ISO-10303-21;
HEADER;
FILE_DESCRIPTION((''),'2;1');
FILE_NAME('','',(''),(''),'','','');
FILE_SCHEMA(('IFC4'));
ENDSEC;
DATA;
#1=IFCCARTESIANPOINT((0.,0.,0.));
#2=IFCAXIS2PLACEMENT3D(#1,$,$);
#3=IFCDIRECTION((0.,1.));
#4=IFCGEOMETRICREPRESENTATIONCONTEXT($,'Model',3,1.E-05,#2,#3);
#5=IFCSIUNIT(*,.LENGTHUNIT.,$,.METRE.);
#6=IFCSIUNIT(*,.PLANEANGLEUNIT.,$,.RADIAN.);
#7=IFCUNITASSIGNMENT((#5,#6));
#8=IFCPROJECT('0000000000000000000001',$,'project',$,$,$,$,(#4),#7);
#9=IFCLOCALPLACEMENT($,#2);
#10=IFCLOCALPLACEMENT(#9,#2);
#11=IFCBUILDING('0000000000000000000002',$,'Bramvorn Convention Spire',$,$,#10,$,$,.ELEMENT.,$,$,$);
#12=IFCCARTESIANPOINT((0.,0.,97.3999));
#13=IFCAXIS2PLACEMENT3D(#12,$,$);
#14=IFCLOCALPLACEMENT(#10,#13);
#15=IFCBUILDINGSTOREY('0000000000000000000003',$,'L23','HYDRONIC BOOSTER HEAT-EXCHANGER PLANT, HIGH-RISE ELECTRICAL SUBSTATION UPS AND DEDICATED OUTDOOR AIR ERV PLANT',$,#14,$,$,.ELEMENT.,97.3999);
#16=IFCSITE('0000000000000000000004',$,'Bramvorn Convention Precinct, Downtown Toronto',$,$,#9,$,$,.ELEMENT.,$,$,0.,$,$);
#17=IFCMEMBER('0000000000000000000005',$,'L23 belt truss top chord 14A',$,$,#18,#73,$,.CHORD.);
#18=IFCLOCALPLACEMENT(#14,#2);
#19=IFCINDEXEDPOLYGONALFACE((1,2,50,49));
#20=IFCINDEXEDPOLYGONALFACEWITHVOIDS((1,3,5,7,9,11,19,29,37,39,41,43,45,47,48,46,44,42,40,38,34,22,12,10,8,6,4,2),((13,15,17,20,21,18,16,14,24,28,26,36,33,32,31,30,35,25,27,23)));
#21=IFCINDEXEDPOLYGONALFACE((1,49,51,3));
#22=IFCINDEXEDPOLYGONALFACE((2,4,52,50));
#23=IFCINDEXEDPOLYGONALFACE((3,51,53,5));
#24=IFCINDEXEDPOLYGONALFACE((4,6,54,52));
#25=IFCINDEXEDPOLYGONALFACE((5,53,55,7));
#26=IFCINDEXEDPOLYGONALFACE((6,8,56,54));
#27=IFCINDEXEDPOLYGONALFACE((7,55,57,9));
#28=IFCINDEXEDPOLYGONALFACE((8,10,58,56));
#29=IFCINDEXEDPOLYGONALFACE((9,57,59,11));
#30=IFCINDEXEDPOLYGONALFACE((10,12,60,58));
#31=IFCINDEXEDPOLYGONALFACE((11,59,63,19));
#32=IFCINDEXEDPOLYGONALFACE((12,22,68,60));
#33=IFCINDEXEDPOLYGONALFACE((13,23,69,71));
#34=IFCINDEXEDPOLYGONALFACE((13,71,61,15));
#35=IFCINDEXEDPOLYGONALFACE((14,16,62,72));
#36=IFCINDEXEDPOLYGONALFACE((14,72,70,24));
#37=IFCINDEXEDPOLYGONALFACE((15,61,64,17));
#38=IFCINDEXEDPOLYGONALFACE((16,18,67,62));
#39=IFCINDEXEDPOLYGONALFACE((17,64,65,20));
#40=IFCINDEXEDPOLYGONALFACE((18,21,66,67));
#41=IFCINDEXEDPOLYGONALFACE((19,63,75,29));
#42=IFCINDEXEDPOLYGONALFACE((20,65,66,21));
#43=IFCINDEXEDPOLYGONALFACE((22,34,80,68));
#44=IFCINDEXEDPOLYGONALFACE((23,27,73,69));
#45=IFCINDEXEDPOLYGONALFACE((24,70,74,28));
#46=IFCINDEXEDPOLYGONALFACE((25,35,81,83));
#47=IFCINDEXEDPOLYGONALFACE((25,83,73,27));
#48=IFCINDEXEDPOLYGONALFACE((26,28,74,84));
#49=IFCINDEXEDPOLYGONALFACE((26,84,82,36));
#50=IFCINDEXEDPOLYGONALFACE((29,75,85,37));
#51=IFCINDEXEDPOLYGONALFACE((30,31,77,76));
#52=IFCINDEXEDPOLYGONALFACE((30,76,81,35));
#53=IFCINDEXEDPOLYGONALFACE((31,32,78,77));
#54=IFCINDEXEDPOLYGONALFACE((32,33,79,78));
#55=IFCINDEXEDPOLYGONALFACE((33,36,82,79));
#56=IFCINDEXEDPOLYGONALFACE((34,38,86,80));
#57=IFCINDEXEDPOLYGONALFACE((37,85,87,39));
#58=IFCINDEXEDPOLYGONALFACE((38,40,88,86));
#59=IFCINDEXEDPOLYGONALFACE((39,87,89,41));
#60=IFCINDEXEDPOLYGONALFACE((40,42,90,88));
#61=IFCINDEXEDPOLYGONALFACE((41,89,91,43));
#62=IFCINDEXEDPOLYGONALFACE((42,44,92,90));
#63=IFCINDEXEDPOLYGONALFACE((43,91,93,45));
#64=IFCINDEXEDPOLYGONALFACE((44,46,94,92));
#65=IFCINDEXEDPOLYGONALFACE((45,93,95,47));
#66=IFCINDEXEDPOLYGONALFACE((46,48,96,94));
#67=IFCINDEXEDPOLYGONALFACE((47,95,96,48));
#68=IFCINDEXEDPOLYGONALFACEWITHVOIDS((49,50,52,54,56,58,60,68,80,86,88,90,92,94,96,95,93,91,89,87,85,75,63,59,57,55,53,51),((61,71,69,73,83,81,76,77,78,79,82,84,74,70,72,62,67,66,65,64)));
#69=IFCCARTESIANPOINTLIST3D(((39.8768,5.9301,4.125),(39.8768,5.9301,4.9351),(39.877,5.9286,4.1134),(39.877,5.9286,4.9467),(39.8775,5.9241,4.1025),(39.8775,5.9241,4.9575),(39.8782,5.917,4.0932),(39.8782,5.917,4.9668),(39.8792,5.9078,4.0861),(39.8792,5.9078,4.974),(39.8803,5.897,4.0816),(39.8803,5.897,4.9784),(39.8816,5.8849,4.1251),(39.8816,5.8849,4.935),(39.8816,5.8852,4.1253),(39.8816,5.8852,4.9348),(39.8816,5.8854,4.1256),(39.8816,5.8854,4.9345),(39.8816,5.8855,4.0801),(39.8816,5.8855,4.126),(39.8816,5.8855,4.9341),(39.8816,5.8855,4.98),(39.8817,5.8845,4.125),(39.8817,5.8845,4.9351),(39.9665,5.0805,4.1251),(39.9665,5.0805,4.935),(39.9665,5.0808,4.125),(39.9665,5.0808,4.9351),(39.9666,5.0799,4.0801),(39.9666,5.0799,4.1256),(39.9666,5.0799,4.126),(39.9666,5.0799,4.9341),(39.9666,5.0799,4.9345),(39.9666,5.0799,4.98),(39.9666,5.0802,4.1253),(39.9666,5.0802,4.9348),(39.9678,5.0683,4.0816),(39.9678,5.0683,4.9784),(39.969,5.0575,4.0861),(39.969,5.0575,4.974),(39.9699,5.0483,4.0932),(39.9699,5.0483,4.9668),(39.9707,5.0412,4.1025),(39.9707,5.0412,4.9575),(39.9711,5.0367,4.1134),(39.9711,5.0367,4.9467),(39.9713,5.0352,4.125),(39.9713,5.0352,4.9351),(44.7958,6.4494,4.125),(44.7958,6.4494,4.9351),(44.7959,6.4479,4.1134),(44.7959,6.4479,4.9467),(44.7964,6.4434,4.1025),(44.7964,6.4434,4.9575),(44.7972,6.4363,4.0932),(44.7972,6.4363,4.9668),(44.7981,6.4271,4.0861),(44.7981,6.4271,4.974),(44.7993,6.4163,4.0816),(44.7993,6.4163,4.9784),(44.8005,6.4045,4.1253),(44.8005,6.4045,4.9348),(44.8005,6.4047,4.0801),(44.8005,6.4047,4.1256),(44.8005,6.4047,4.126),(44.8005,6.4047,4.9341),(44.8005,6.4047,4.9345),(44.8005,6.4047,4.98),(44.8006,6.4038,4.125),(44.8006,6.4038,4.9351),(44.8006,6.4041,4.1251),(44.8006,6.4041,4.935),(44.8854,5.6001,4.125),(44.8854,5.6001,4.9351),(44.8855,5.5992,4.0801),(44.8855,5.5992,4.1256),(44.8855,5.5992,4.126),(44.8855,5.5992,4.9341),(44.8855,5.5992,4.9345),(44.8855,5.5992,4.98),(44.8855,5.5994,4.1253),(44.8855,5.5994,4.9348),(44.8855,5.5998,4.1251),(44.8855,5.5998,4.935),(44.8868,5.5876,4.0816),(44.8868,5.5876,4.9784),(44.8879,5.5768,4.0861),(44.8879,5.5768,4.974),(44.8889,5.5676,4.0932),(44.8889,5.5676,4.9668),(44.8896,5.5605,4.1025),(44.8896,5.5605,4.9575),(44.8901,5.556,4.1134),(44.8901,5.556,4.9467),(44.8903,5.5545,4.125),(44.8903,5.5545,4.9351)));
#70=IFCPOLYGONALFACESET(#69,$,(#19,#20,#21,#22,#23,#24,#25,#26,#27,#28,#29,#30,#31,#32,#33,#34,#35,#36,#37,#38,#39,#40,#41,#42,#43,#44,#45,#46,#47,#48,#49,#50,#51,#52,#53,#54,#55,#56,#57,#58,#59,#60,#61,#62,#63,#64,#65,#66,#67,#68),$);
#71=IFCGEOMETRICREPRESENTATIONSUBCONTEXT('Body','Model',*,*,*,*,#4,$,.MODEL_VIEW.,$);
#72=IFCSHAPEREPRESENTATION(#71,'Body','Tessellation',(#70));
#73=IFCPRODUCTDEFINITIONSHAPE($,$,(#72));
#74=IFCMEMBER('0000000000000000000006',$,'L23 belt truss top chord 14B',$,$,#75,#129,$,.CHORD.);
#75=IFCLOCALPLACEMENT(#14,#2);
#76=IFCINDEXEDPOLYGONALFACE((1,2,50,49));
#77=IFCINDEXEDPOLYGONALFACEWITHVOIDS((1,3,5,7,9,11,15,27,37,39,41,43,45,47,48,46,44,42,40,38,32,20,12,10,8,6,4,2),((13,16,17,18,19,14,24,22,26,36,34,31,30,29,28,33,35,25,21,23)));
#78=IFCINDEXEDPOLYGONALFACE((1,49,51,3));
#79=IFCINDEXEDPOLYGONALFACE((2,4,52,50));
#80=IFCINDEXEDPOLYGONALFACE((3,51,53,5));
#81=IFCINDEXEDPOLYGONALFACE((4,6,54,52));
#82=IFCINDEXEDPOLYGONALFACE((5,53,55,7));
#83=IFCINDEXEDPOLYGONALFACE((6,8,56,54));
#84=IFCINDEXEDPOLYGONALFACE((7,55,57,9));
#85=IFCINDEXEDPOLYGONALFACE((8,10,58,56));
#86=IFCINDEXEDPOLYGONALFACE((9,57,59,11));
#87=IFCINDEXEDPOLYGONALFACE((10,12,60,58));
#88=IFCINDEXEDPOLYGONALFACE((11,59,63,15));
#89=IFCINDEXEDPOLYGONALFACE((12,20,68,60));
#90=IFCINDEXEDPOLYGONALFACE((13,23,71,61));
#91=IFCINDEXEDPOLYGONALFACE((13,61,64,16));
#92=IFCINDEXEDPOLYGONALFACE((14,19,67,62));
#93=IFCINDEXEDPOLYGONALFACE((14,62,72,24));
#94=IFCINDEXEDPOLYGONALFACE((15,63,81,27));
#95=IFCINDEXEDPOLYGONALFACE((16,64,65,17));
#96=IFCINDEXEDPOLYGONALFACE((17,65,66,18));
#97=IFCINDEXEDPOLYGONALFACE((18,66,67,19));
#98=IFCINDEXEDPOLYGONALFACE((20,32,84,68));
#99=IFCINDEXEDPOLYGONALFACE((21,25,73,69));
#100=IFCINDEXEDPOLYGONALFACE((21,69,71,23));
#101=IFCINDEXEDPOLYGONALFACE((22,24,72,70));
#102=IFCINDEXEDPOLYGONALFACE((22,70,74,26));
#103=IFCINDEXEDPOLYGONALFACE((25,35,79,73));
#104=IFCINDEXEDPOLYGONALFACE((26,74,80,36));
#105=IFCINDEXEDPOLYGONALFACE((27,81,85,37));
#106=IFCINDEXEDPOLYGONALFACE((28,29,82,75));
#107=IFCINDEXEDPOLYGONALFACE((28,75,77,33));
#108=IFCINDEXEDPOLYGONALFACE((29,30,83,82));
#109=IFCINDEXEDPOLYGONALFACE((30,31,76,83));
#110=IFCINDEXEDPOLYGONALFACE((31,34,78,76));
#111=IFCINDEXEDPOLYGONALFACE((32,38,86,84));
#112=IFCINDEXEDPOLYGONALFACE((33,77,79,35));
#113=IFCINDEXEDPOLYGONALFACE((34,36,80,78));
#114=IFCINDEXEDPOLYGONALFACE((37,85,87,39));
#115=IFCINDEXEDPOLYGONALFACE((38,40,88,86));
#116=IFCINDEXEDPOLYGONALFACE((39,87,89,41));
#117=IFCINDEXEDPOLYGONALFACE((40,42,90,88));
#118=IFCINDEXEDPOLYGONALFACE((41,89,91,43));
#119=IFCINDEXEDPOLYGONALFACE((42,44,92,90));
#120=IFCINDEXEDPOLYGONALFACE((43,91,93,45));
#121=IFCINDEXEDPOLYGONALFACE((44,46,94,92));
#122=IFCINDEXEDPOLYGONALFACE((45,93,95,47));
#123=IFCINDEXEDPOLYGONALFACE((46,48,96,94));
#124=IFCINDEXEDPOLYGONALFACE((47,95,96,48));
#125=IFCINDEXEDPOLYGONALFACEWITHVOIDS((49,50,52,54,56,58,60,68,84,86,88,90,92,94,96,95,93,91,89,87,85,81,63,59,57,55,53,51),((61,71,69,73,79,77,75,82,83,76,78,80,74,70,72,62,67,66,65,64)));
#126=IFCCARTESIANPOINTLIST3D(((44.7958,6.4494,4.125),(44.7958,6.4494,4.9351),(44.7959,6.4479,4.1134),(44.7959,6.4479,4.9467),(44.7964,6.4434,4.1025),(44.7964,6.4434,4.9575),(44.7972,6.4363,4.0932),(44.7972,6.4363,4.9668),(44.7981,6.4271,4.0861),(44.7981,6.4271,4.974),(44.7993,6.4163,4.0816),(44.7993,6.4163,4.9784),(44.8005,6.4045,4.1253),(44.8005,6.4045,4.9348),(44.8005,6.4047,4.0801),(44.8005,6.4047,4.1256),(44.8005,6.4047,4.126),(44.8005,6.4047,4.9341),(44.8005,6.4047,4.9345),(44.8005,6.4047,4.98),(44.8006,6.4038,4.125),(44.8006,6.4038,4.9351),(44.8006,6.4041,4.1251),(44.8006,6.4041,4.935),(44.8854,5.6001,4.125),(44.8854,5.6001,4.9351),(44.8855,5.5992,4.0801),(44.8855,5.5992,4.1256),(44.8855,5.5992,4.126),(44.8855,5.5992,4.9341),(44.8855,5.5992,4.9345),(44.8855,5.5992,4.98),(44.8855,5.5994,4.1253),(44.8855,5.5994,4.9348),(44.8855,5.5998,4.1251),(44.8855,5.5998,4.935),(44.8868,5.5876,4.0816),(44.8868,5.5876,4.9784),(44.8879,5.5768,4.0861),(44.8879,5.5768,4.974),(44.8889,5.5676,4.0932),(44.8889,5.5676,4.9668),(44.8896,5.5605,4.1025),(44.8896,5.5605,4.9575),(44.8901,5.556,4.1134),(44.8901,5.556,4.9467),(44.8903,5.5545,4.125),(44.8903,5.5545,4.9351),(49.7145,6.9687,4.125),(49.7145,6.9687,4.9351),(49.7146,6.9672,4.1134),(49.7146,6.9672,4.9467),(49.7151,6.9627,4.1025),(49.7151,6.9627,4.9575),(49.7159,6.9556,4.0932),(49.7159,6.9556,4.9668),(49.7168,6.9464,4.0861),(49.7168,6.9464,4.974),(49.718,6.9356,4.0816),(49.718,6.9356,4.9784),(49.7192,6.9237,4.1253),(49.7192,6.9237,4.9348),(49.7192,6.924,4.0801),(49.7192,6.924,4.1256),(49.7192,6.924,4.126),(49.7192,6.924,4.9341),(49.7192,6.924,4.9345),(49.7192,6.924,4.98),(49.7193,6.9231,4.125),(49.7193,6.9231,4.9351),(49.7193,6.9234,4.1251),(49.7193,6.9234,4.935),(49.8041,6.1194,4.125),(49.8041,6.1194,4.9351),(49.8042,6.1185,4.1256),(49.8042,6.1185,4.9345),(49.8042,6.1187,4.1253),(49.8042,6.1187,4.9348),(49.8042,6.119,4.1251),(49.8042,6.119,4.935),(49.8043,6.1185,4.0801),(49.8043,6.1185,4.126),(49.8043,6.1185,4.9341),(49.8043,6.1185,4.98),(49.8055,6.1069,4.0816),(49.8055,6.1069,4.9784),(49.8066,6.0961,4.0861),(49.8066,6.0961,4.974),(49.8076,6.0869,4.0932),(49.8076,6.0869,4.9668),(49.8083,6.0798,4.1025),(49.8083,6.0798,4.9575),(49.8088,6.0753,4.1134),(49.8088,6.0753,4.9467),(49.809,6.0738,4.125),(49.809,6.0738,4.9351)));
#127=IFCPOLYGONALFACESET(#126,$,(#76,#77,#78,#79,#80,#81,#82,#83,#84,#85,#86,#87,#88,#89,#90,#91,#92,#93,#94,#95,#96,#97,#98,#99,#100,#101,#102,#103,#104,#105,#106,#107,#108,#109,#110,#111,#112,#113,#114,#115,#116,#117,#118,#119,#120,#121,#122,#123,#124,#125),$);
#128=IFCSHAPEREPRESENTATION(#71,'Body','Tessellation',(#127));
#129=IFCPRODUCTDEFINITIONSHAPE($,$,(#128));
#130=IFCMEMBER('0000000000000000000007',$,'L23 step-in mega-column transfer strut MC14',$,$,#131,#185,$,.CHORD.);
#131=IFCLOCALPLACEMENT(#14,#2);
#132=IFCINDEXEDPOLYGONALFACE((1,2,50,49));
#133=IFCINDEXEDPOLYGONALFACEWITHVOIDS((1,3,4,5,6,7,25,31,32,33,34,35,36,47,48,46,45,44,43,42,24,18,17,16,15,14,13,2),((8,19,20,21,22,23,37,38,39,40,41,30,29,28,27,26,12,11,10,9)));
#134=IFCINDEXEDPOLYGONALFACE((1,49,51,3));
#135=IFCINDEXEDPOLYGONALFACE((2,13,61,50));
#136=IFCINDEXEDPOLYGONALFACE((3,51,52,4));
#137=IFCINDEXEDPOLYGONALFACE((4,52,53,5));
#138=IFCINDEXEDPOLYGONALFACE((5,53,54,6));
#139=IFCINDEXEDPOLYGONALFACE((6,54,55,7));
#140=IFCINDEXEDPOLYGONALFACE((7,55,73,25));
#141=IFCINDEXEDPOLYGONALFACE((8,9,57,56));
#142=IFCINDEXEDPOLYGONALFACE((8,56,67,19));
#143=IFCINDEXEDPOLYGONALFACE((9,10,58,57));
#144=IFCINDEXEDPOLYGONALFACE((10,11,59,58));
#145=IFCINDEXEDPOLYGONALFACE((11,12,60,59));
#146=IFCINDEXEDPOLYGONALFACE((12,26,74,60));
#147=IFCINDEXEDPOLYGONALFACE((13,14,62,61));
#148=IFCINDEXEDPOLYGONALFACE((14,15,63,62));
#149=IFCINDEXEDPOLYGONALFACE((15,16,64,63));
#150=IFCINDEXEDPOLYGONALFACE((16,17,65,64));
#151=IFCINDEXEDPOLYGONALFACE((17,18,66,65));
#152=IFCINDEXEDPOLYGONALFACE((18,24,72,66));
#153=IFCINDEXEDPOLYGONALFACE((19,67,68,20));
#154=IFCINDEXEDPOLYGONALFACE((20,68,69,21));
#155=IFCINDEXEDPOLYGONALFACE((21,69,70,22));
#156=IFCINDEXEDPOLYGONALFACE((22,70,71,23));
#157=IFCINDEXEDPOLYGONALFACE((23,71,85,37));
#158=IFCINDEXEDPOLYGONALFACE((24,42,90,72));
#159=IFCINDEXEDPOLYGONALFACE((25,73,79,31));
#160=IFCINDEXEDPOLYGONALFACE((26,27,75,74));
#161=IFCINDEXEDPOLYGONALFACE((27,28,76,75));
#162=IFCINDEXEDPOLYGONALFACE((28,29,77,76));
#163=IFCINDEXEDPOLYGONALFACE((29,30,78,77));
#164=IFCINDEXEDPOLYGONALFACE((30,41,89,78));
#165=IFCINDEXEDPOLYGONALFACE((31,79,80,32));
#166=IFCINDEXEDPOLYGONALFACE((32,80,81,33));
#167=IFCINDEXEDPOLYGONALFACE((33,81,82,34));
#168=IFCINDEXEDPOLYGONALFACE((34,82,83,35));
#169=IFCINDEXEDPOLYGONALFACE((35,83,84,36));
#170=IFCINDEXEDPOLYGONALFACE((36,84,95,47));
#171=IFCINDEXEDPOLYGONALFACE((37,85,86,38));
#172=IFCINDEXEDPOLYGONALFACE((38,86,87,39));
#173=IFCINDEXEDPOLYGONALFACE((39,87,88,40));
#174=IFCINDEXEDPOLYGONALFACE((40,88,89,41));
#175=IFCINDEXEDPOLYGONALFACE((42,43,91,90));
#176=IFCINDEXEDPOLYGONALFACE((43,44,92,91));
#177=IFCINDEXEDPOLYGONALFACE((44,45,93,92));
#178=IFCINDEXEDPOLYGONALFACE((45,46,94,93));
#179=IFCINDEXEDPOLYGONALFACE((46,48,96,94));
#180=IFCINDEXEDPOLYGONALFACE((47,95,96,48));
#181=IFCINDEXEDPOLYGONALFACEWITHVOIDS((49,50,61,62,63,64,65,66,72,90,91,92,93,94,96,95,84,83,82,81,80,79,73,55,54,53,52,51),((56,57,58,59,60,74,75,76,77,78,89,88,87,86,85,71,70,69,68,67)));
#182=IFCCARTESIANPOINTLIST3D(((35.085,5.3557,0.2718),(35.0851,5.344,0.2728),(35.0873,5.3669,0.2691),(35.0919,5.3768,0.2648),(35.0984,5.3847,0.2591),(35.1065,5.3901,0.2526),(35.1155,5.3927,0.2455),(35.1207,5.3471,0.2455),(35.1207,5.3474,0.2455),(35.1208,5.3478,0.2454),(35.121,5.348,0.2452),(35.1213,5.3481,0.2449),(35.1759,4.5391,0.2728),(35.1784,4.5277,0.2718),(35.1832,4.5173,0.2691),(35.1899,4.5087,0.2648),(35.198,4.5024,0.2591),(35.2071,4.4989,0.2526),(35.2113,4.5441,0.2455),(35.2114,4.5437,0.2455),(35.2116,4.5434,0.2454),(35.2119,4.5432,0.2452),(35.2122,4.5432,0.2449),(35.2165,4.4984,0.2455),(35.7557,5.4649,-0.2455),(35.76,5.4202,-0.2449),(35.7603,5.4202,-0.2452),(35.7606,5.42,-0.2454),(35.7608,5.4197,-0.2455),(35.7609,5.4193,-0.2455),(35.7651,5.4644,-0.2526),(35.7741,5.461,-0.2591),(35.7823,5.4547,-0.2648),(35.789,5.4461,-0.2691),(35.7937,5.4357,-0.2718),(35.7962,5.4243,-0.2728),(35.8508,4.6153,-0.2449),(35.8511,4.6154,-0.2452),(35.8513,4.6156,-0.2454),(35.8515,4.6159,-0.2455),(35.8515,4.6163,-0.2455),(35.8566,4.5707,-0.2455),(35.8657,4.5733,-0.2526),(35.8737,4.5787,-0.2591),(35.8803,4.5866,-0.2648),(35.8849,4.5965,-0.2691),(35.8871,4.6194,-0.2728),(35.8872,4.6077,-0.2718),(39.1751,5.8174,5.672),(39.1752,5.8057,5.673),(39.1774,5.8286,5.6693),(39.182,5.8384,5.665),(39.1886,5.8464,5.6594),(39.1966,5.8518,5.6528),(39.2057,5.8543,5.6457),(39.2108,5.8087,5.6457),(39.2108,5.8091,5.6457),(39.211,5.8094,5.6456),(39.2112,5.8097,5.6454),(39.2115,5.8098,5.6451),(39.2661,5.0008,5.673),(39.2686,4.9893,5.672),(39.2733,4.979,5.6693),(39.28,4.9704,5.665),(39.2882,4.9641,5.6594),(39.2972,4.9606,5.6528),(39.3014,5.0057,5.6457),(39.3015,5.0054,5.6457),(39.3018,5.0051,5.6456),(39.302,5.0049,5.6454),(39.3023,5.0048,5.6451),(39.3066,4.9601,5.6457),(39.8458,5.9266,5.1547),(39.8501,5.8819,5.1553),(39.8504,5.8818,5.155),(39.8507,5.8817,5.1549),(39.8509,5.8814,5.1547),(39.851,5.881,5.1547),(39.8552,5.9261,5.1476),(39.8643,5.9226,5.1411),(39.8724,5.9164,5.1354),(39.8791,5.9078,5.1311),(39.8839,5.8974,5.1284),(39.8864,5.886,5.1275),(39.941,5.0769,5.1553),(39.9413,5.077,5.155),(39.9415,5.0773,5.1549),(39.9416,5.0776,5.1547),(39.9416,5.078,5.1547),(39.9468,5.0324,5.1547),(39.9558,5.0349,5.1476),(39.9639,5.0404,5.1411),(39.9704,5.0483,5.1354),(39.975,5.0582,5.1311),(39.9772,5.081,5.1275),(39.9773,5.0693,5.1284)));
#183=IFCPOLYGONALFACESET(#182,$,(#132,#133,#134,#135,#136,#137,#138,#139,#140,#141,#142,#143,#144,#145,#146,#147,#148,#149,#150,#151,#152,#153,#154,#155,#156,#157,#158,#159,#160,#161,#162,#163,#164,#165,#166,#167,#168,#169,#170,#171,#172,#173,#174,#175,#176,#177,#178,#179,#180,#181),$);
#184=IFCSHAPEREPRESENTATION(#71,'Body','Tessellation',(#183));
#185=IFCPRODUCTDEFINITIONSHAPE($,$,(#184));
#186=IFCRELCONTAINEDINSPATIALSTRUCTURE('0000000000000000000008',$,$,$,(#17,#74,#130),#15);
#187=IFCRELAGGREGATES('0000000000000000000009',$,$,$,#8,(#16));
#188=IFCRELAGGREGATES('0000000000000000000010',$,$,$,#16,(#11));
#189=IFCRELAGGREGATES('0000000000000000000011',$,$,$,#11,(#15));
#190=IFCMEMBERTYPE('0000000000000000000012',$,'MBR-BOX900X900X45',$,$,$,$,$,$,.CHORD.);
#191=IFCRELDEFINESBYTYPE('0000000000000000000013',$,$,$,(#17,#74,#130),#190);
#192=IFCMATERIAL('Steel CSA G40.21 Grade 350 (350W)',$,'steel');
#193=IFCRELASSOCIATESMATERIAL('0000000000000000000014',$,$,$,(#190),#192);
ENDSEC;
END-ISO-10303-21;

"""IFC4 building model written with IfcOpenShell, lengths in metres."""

from ifc_helpers import new_model, si_unit, direction, frame, origin, origin_2d, place, context, subcontext, project, spatial, hollow_rectangle, extrude, material, material_profile, profile_set, type_object, element, save


model = new_model("IFC4")

# Units and contexts
model_context = context("Model", 3, precision=1e-05, world=origin(), true_north=direction((0.0, 1.0)))
body_context = subcontext(model_context, "Body", "Model", "MODEL_VIEW")
ifc_project = project(units=[si_unit("LENGTHUNIT", "METRE"), si_unit("PLANEANGLEUNIT", "RADIAN")], contexts=[model_context])

# Site, building, storey
site_placement = place(None, origin())
site = spatial("IfcSite", under=ifc_project, at=site_placement, Name="Bramvorn Convention Precinct, Downtown Toronto", CompositionType="ELEMENT", RefElevation=0.0)
building_placement = place(site_placement, origin())
building = spatial("IfcBuilding", under=site, at=building_placement, Name="Bramvorn Convention Spire", CompositionType="ELEMENT")
storey_placement = place(building_placement, frame((0.0, 0.0, 97.3999)))
storey = spatial("IfcBuildingStorey", under=building, at=storey_placement, Name="L23", Description="HYDRONIC BOOSTER HEAT-EXCHANGER PLANT, HIGH-RISE ELECTRICAL SUBSTATION UPS AND DEDICATED OUTDOOR AIR ERV PLANT", CompositionType="ELEMENT", Elevation=97.3999)

# Shared definitions
ifc_material_1 = material(Name="Steel CSA G40.21 Grade 350 (350W)", Category="steel")

# Members
ifc_material_profile_1 = material_profile(ifc_material_1, hollow_rectangle(XDim=0.8999, YDim=0.8999, WallThickness=0.0449, InnerFilletRadius=0.001, OuterFilletRadius=0.0449, at=origin_2d()))
ifc_profile_set_1 = profile_set([ifc_material_profile_1], Name="Steel CSA G40.21 Grade 350 (350W) - BOX900X900X45")
member_type_1 = type_object("IfcMemberType", Name="MBR-BOX900X900X45", PredefinedType="CHORD", material=ifc_profile_set_1)
member_1_placement = place(storey_placement, frame((39.9241, 5.4827, 4.53), z_axis=(0.994474, 0.104985, 0.0), x_axis=(-0.104985, 0.994474, 0.0)))
element("IfcMember", 1, at=member_1_placement, inside=storey, type_object=member_type_1, Name="L23 belt truss top chord 14A", PredefinedType="CHORD", context=body_context, shape_type="SweptSolid", body=[
    extrude(hollow_rectangle(XDim=0.8999, YDim=0.8999, WallThickness=0.0449, InnerFilletRadius=0.001, OuterFilletRadius=0.0449, at=origin_2d()), origin(), (0.0, 0.0, 1.0), 4.9463),
])
member_2_placement = place(storey_placement, frame((44.843, 6.002, 4.53), z_axis=(0.994473, 0.104991, 0.0), x_axis=(-0.104991, 0.994473, 0.0)))
element("IfcMember", 2, at=member_2_placement, inside=storey, type_object=member_type_1, Name="L23 belt truss top chord 14B", PredefinedType="CHORD", context=body_context, shape_type="SweptSolid", body=[
    extrude(hollow_rectangle(XDim=0.8999, YDim=0.8999, WallThickness=0.0449, InnerFilletRadius=0.001, OuterFilletRadius=0.0449, at=origin_2d()), origin(), (0.0, 0.0, 1.0), 4.946),
])
member_3_placement = place(storey_placement, frame((35.4861, 4.9817, 0.0), z_axis=(0.602373, 0.067993, 0.795314), x_axis=(-0.112163, 0.99369, 0.0)))
element("IfcMember", 3, at=member_3_placement, inside=storey, type_object=member_type_1, Name="L23 step-in mega-column transfer strut MC14", PredefinedType="CHORD", context=body_context, shape_type="SweptSolid", body=[
    extrude(hollow_rectangle(XDim=0.8999, YDim=0.8999, WallThickness=0.0449, InnerFilletRadius=0.001, OuterFilletRadius=0.0449, at=origin_2d()), origin(), (0.0, 0.0, 1.0), 6.79),
])

save(model, "model.ifc")
